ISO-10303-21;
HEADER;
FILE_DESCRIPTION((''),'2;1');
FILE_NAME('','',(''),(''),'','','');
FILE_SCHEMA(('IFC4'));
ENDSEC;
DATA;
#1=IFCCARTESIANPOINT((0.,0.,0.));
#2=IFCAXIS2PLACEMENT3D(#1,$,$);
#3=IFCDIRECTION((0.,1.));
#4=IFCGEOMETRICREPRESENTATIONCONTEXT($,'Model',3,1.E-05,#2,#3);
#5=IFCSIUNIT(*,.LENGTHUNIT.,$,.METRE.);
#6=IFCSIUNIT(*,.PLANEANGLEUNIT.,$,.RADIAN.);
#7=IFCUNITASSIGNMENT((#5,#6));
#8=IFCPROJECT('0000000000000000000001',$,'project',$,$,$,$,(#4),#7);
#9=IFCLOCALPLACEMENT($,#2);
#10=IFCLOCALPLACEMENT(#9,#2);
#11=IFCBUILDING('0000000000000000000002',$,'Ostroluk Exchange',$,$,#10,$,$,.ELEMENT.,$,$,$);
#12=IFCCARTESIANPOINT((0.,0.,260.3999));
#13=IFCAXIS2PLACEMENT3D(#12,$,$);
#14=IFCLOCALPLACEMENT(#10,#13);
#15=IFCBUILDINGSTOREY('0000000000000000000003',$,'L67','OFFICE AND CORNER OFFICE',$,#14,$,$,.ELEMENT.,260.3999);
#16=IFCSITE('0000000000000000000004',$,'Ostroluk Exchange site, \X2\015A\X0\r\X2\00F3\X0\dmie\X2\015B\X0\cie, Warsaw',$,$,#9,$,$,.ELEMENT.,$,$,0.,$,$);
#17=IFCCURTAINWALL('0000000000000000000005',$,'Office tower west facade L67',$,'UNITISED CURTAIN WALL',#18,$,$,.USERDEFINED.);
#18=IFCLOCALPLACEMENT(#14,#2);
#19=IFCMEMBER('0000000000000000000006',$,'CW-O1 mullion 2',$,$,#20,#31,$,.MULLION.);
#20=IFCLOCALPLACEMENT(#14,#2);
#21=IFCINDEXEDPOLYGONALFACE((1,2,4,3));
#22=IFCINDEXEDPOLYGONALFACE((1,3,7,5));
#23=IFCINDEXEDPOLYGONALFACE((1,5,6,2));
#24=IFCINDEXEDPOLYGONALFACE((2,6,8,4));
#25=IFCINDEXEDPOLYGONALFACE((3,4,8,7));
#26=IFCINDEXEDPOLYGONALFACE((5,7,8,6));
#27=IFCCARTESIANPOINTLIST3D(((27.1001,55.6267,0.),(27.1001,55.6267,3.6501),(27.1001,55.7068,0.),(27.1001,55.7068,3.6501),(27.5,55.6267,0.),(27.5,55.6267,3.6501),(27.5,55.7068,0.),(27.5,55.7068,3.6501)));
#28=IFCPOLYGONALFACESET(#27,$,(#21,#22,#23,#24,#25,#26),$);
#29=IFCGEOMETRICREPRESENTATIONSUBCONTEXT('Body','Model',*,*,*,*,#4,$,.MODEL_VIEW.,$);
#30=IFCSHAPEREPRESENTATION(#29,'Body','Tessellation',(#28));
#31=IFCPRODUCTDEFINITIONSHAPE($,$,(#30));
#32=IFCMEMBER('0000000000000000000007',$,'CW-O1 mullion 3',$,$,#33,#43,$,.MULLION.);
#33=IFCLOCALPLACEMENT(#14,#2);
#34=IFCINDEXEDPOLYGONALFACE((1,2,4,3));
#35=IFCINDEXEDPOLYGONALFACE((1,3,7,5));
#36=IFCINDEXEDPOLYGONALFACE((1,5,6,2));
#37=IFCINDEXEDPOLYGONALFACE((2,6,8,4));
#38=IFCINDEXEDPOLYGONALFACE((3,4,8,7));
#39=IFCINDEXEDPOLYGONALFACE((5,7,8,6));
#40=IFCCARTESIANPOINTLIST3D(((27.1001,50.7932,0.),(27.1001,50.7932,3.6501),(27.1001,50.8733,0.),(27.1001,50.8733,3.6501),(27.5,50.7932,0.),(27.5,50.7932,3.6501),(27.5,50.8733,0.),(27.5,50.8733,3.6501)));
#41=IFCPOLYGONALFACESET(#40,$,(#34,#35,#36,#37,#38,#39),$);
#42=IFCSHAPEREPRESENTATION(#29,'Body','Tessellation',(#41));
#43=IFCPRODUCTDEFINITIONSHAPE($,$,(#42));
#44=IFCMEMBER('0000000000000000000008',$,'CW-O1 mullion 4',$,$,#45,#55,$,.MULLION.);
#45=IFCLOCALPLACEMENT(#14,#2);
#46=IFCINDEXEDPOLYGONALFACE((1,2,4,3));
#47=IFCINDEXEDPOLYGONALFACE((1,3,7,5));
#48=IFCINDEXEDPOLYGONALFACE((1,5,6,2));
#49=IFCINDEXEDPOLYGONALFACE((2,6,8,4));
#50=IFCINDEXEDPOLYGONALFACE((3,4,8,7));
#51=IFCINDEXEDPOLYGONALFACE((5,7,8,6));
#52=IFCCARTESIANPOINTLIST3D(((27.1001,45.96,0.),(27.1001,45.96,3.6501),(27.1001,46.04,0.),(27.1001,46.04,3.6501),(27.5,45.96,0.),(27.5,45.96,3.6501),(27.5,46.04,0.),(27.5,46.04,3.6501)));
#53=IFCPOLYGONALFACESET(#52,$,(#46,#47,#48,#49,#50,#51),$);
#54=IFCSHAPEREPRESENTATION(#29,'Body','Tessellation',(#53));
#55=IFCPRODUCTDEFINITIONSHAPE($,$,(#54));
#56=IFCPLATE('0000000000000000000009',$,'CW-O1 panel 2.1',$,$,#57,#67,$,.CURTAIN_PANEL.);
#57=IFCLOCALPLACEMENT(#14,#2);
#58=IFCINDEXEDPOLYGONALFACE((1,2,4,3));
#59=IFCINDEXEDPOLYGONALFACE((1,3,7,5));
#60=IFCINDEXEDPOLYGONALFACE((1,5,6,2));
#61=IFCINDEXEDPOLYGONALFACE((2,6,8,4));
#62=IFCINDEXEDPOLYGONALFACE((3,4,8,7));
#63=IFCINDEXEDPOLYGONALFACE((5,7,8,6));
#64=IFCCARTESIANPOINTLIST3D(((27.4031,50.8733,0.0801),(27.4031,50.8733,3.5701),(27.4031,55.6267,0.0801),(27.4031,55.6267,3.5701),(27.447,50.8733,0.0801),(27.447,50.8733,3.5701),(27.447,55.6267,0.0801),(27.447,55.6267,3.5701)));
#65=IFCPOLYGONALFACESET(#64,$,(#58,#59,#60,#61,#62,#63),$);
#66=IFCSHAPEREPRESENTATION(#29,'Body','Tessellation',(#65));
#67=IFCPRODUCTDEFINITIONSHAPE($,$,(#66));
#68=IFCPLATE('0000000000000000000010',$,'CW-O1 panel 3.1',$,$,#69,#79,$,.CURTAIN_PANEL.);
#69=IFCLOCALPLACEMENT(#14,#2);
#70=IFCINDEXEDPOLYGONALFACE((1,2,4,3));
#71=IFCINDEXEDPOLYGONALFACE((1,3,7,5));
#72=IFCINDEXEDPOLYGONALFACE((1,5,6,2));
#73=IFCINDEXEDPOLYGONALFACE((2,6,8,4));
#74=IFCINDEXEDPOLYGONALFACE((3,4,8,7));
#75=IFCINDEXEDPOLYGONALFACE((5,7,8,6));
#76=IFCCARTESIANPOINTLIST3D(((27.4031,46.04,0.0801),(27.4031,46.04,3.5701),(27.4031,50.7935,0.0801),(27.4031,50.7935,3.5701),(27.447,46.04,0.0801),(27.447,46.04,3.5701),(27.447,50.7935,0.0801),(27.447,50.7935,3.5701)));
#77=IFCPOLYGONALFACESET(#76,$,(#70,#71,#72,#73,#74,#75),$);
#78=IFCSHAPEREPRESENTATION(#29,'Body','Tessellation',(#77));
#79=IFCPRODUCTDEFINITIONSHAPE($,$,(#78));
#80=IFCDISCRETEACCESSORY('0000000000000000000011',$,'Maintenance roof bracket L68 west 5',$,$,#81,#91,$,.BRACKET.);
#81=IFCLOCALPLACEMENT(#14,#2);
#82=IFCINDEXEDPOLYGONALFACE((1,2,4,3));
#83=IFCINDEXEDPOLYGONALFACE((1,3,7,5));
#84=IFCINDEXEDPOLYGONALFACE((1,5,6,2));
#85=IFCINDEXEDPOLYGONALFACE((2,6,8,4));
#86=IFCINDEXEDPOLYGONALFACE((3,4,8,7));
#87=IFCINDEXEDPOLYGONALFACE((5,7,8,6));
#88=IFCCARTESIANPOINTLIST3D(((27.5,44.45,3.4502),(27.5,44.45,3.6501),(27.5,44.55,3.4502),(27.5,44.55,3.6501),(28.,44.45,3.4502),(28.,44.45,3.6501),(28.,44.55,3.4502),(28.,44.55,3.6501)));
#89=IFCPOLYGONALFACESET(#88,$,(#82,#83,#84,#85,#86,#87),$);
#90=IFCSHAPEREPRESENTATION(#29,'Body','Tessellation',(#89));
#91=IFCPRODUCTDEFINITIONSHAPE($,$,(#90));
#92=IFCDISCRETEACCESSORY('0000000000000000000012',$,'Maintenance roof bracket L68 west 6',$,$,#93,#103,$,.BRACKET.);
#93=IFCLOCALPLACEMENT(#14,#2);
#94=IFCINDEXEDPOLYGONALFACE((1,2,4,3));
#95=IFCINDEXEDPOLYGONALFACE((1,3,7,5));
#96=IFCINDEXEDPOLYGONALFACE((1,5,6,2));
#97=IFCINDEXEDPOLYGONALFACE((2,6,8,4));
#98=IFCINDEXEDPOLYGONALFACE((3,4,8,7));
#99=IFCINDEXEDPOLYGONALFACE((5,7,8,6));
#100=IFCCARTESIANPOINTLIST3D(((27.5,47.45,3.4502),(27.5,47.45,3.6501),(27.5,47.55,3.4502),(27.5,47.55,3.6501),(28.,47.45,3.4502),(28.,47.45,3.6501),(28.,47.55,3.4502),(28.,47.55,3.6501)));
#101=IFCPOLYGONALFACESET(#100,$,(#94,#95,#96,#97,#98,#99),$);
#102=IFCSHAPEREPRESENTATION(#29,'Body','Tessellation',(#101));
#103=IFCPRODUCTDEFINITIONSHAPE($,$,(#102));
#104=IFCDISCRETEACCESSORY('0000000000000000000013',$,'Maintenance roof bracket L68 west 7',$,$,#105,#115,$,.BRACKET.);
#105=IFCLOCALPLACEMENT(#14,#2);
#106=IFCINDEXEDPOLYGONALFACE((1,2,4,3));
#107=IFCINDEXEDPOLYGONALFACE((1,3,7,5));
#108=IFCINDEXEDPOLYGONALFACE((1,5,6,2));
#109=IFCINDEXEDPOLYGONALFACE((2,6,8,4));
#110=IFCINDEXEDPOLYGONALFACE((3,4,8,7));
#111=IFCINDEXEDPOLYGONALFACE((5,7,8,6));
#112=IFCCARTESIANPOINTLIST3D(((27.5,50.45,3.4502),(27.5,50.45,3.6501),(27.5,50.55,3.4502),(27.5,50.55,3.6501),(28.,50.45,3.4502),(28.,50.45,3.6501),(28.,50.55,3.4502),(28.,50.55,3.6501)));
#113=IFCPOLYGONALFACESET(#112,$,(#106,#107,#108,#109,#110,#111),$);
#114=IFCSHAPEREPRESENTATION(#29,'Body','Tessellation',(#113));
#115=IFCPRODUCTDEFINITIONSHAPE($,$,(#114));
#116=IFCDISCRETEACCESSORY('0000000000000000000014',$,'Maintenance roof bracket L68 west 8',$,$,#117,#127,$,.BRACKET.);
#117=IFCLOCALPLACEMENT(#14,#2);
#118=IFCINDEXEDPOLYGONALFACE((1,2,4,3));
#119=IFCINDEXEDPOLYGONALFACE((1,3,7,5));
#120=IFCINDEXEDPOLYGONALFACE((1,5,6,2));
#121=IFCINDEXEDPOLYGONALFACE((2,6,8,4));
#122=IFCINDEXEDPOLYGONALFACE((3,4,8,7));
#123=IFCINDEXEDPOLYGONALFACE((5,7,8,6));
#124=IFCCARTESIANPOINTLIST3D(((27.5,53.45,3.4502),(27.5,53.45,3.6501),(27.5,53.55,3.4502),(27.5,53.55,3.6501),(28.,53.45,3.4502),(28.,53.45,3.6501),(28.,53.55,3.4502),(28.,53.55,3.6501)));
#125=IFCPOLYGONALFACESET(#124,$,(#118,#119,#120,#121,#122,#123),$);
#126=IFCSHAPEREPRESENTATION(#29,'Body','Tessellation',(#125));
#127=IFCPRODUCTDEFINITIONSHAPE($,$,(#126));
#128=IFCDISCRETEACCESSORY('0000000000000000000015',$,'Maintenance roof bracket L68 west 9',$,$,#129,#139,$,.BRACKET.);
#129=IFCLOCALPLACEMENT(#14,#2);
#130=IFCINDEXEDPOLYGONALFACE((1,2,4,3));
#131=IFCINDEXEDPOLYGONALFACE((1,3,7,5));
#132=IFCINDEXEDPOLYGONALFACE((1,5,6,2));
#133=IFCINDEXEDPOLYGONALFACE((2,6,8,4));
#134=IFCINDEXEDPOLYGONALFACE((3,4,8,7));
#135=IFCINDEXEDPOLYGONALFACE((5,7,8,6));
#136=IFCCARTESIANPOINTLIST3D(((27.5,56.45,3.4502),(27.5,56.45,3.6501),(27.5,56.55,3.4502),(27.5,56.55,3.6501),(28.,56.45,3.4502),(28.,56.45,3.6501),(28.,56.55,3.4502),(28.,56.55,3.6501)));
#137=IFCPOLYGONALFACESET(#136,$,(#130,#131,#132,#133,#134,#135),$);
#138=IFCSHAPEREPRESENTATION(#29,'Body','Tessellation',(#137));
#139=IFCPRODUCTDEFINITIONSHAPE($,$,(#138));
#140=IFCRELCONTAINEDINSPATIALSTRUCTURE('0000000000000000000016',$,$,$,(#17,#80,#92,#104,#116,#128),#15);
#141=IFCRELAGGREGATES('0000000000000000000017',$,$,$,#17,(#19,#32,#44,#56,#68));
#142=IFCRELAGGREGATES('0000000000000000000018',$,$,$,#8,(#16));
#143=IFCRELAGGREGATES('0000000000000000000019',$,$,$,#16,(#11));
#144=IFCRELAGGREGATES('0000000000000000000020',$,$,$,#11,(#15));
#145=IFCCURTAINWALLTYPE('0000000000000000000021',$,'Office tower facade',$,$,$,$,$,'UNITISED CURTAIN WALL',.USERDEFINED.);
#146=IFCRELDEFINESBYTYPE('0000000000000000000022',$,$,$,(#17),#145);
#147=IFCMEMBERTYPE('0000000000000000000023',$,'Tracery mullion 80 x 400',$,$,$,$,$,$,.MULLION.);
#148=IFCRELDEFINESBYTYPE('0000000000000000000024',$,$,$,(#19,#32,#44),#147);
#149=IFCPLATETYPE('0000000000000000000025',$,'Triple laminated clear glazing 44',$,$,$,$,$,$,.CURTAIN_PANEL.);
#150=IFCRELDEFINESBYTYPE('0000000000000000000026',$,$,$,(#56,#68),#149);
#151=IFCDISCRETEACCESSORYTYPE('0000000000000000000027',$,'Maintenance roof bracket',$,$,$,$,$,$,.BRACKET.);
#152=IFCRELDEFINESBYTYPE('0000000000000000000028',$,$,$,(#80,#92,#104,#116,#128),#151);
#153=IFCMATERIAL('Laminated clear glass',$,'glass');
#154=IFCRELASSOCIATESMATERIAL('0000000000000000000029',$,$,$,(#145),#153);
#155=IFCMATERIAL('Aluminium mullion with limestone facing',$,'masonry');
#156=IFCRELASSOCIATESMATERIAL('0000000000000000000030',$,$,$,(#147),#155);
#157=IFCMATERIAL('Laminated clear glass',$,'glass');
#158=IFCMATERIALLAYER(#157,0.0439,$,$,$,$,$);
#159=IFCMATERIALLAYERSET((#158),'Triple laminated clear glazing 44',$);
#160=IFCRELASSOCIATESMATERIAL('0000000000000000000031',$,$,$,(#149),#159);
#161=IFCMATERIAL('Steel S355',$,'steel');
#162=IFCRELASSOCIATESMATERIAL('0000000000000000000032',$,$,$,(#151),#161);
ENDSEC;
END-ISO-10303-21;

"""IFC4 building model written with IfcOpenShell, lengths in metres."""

from ifc_helpers import new_model, si_unit, direction, frame, origin, origin_2d, place, context, subcontext, project, spatial, rectangle, extrude, material, layer, layer_set, material_profile, profile_set, type_object, element, aggregate, save


model = new_model("IFC4")

# Units and contexts
model_context = context("Model", 3, precision=1e-05, world=origin(), true_north=direction((0.0, 1.0)))
body_context = subcontext(model_context, "Body", "Model", "MODEL_VIEW")
ifc_project = project(units=[si_unit("LENGTHUNIT", "METRE"), si_unit("PLANEANGLEUNIT", "RADIAN")], contexts=[model_context])

# Site, building, storey
site_placement = place(None, origin())
site = spatial("IfcSite", under=ifc_project, at=site_placement, Name="Ostroluk Exchange site, Śródmieście, Warsaw", CompositionType="ELEMENT", RefElevation=0.0)
building_placement = place(site_placement, origin())
building = spatial("IfcBuilding", under=site, at=building_placement, Name="Ostroluk Exchange", CompositionType="ELEMENT")
storey_placement = place(building_placement, frame((0.0, 0.0, 260.3999)))
storey = spatial("IfcBuildingStorey", under=building, at=storey_placement, Name="L67", Description="OFFICE AND CORNER OFFICE", CompositionType="ELEMENT", Elevation=260.3999)

# Curtain wall, members, plates
ifc_material_1 = material(Name="Laminated clear glass", Category="glass")
curtain_wall_type = type_object("IfcCurtainWallType", Name="Office tower facade", ElementType="UNITISED CURTAIN WALL", PredefinedType="USERDEFINED", material=ifc_material_1)
curtain_wall_placement = place(storey_placement, origin())
curtain_wall = element("IfcCurtainWall", 1, at=curtain_wall_placement, inside=storey, type_object=curtain_wall_type, Name="Office tower west facade L67", ObjectType="UNITISED CURTAIN WALL", PredefinedType="USERDEFINED")
ifc_material_2 = material(Name="Aluminium mullion with limestone facing", Category="masonry")
ifc_material_profile_1 = material_profile(ifc_material_2, rectangle(XDim=0.3999, YDim=0.0801, at=origin_2d()), Name="Tracery mullion 80 x 400")
ifc_profile_set_1 = profile_set([ifc_material_profile_1], Name="Aluminium mullion with limestone facing")
member_type_1 = type_object("IfcMemberType", Name="Tracery mullion 80 x 400", PredefinedType="MULLION", material=ifc_profile_set_1)
member_1_placement = place(storey_placement, frame((27.3, 55.6667, 0.0), z_axis=(0.0, 0.0, 1.0), x_axis=(1.0, 0.0, 0.0)))
member_1 = element("IfcMember", 2, at=member_1_placement, type_object=member_type_1, Name="CW-O1 mullion 2", PredefinedType="MULLION", context=body_context, shape_type="SweptSolid", body=[
    extrude(rectangle(XDim=0.3999, YDim=0.0801, at=origin_2d()), origin(), (0.0, 0.0, 1.0), 3.6501),
])
member_2_placement = place(storey_placement, frame((27.3, 50.8333, 0.0), z_axis=(0.0, 0.0, 1.0), x_axis=(1.0, 0.0, 0.0)))
member_2 = element("IfcMember", 3, at=member_2_placement, type_object=member_type_1, Name="CW-O1 mullion 3", PredefinedType="MULLION", context=body_context, shape_type="SweptSolid", body=[
    extrude(rectangle(XDim=0.3999, YDim=0.0801, at=origin_2d()), origin(), (0.0, 0.0, 1.0), 3.6501),
])
member_3_placement = place(storey_placement, frame((27.3, 46.0, 0.0), z_axis=(0.0, 0.0, 1.0), x_axis=(1.0, 0.0, 0.0)))
member_3 = element("IfcMember", 4, at=member_3_placement, type_object=member_type_1, Name="CW-O1 mullion 4", PredefinedType="MULLION", context=body_context, shape_type="SweptSolid", body=[
    extrude(rectangle(XDim=0.3999, YDim=0.0801, at=origin_2d()), origin(), (0.0, 0.0, 1.0), 3.6501),
])
ifc_material_3 = material(Name="Laminated clear glass", Category="glass")
ifc_layer = layer(ifc_material_3, 0.0439)
ifc_layer_set = layer_set([ifc_layer], Name="Triple laminated clear glazing 44")
plate_type = type_object("IfcPlateType", Name="Triple laminated clear glazing 44", PredefinedType="CURTAIN_PANEL", material=ifc_layer_set)
plate_1_placement = place(storey_placement, frame((27.425, 53.25, 0.0801), z_axis=(0.0, 0.0, 1.0), x_axis=(0.0, -1.0, 0.0)))
plate_1 = element("IfcPlate", 5, at=plate_1_placement, type_object=plate_type, Name="CW-O1 panel 2.1", PredefinedType="CURTAIN_PANEL", context=body_context, shape_type="SweptSolid", body=[
    extrude(rectangle(XDim=4.7534, YDim=0.0439, at=origin_2d()), origin(), (0.0, 0.0, 1.0), 3.49),
])
plate_2_placement = place(storey_placement, frame((27.425, 48.4167, 0.0801), z_axis=(0.0, 0.0, 1.0), x_axis=(0.0, -1.0, 0.0)))
plate_2 = element("IfcPlate", 6, at=plate_2_placement, type_object=plate_type, Name="CW-O1 panel 3.1", PredefinedType="CURTAIN_PANEL", context=body_context, shape_type="SweptSolid", body=[
    extrude(rectangle(XDim=4.7534, YDim=0.0439, at=origin_2d()), origin(), (0.0, 0.0, 1.0), 3.49),
])
aggregate(curtain_wall, [member_1, member_2, member_3, plate_1, plate_2])

# Discrete accessories
ifc_material_4 = material(Name="Steel S355", Category="steel")
discrete_accessory_type = type_object("IfcDiscreteAccessoryType", Name="Maintenance roof bracket", PredefinedType="BRACKET", material=ifc_material_4)
for number, where, z_axis, x_axis, name in (
    (7, (27.75, 44.5, 3.4502), (0.0, 0.0, 1.0), (1.0, 0.0, 0.0), "Maintenance roof bracket L68 west 5"),
    (8, (27.75, 47.5, 3.4502), (0.0, 0.0, 1.0), (1.0, 0.0, 0.0), "Maintenance roof bracket L68 west 6"),
    (9, (27.75, 50.5, 3.4502), (0.0, 0.0, 1.0), (1.0, 0.0, 0.0), "Maintenance roof bracket L68 west 7"),
    (10, (27.75, 53.5, 3.4502), (0.0, 0.0, 1.0), (1.0, 0.0, 0.0), "Maintenance roof bracket L68 west 8"),
    (11, (27.75, 56.5, 3.4502), (0.0, 0.0, 1.0), (1.0, 0.0, 0.0), "Maintenance roof bracket L68 west 9"),
):
    element("IfcDiscreteAccessory", number, at=place(storey_placement, frame(where, z_axis=z_axis, x_axis=x_axis)), inside=storey, type_object=discrete_accessory_type, Name=name, PredefinedType="BRACKET", context=body_context, shape_type="SweptSolid", body=[
        extrude(rectangle(XDim=0.5, YDim=0.1001, at=origin_2d()), origin(), (0.0, 0.0, 1.0), 0.2),
    ])

save(model, "model.ifc")
